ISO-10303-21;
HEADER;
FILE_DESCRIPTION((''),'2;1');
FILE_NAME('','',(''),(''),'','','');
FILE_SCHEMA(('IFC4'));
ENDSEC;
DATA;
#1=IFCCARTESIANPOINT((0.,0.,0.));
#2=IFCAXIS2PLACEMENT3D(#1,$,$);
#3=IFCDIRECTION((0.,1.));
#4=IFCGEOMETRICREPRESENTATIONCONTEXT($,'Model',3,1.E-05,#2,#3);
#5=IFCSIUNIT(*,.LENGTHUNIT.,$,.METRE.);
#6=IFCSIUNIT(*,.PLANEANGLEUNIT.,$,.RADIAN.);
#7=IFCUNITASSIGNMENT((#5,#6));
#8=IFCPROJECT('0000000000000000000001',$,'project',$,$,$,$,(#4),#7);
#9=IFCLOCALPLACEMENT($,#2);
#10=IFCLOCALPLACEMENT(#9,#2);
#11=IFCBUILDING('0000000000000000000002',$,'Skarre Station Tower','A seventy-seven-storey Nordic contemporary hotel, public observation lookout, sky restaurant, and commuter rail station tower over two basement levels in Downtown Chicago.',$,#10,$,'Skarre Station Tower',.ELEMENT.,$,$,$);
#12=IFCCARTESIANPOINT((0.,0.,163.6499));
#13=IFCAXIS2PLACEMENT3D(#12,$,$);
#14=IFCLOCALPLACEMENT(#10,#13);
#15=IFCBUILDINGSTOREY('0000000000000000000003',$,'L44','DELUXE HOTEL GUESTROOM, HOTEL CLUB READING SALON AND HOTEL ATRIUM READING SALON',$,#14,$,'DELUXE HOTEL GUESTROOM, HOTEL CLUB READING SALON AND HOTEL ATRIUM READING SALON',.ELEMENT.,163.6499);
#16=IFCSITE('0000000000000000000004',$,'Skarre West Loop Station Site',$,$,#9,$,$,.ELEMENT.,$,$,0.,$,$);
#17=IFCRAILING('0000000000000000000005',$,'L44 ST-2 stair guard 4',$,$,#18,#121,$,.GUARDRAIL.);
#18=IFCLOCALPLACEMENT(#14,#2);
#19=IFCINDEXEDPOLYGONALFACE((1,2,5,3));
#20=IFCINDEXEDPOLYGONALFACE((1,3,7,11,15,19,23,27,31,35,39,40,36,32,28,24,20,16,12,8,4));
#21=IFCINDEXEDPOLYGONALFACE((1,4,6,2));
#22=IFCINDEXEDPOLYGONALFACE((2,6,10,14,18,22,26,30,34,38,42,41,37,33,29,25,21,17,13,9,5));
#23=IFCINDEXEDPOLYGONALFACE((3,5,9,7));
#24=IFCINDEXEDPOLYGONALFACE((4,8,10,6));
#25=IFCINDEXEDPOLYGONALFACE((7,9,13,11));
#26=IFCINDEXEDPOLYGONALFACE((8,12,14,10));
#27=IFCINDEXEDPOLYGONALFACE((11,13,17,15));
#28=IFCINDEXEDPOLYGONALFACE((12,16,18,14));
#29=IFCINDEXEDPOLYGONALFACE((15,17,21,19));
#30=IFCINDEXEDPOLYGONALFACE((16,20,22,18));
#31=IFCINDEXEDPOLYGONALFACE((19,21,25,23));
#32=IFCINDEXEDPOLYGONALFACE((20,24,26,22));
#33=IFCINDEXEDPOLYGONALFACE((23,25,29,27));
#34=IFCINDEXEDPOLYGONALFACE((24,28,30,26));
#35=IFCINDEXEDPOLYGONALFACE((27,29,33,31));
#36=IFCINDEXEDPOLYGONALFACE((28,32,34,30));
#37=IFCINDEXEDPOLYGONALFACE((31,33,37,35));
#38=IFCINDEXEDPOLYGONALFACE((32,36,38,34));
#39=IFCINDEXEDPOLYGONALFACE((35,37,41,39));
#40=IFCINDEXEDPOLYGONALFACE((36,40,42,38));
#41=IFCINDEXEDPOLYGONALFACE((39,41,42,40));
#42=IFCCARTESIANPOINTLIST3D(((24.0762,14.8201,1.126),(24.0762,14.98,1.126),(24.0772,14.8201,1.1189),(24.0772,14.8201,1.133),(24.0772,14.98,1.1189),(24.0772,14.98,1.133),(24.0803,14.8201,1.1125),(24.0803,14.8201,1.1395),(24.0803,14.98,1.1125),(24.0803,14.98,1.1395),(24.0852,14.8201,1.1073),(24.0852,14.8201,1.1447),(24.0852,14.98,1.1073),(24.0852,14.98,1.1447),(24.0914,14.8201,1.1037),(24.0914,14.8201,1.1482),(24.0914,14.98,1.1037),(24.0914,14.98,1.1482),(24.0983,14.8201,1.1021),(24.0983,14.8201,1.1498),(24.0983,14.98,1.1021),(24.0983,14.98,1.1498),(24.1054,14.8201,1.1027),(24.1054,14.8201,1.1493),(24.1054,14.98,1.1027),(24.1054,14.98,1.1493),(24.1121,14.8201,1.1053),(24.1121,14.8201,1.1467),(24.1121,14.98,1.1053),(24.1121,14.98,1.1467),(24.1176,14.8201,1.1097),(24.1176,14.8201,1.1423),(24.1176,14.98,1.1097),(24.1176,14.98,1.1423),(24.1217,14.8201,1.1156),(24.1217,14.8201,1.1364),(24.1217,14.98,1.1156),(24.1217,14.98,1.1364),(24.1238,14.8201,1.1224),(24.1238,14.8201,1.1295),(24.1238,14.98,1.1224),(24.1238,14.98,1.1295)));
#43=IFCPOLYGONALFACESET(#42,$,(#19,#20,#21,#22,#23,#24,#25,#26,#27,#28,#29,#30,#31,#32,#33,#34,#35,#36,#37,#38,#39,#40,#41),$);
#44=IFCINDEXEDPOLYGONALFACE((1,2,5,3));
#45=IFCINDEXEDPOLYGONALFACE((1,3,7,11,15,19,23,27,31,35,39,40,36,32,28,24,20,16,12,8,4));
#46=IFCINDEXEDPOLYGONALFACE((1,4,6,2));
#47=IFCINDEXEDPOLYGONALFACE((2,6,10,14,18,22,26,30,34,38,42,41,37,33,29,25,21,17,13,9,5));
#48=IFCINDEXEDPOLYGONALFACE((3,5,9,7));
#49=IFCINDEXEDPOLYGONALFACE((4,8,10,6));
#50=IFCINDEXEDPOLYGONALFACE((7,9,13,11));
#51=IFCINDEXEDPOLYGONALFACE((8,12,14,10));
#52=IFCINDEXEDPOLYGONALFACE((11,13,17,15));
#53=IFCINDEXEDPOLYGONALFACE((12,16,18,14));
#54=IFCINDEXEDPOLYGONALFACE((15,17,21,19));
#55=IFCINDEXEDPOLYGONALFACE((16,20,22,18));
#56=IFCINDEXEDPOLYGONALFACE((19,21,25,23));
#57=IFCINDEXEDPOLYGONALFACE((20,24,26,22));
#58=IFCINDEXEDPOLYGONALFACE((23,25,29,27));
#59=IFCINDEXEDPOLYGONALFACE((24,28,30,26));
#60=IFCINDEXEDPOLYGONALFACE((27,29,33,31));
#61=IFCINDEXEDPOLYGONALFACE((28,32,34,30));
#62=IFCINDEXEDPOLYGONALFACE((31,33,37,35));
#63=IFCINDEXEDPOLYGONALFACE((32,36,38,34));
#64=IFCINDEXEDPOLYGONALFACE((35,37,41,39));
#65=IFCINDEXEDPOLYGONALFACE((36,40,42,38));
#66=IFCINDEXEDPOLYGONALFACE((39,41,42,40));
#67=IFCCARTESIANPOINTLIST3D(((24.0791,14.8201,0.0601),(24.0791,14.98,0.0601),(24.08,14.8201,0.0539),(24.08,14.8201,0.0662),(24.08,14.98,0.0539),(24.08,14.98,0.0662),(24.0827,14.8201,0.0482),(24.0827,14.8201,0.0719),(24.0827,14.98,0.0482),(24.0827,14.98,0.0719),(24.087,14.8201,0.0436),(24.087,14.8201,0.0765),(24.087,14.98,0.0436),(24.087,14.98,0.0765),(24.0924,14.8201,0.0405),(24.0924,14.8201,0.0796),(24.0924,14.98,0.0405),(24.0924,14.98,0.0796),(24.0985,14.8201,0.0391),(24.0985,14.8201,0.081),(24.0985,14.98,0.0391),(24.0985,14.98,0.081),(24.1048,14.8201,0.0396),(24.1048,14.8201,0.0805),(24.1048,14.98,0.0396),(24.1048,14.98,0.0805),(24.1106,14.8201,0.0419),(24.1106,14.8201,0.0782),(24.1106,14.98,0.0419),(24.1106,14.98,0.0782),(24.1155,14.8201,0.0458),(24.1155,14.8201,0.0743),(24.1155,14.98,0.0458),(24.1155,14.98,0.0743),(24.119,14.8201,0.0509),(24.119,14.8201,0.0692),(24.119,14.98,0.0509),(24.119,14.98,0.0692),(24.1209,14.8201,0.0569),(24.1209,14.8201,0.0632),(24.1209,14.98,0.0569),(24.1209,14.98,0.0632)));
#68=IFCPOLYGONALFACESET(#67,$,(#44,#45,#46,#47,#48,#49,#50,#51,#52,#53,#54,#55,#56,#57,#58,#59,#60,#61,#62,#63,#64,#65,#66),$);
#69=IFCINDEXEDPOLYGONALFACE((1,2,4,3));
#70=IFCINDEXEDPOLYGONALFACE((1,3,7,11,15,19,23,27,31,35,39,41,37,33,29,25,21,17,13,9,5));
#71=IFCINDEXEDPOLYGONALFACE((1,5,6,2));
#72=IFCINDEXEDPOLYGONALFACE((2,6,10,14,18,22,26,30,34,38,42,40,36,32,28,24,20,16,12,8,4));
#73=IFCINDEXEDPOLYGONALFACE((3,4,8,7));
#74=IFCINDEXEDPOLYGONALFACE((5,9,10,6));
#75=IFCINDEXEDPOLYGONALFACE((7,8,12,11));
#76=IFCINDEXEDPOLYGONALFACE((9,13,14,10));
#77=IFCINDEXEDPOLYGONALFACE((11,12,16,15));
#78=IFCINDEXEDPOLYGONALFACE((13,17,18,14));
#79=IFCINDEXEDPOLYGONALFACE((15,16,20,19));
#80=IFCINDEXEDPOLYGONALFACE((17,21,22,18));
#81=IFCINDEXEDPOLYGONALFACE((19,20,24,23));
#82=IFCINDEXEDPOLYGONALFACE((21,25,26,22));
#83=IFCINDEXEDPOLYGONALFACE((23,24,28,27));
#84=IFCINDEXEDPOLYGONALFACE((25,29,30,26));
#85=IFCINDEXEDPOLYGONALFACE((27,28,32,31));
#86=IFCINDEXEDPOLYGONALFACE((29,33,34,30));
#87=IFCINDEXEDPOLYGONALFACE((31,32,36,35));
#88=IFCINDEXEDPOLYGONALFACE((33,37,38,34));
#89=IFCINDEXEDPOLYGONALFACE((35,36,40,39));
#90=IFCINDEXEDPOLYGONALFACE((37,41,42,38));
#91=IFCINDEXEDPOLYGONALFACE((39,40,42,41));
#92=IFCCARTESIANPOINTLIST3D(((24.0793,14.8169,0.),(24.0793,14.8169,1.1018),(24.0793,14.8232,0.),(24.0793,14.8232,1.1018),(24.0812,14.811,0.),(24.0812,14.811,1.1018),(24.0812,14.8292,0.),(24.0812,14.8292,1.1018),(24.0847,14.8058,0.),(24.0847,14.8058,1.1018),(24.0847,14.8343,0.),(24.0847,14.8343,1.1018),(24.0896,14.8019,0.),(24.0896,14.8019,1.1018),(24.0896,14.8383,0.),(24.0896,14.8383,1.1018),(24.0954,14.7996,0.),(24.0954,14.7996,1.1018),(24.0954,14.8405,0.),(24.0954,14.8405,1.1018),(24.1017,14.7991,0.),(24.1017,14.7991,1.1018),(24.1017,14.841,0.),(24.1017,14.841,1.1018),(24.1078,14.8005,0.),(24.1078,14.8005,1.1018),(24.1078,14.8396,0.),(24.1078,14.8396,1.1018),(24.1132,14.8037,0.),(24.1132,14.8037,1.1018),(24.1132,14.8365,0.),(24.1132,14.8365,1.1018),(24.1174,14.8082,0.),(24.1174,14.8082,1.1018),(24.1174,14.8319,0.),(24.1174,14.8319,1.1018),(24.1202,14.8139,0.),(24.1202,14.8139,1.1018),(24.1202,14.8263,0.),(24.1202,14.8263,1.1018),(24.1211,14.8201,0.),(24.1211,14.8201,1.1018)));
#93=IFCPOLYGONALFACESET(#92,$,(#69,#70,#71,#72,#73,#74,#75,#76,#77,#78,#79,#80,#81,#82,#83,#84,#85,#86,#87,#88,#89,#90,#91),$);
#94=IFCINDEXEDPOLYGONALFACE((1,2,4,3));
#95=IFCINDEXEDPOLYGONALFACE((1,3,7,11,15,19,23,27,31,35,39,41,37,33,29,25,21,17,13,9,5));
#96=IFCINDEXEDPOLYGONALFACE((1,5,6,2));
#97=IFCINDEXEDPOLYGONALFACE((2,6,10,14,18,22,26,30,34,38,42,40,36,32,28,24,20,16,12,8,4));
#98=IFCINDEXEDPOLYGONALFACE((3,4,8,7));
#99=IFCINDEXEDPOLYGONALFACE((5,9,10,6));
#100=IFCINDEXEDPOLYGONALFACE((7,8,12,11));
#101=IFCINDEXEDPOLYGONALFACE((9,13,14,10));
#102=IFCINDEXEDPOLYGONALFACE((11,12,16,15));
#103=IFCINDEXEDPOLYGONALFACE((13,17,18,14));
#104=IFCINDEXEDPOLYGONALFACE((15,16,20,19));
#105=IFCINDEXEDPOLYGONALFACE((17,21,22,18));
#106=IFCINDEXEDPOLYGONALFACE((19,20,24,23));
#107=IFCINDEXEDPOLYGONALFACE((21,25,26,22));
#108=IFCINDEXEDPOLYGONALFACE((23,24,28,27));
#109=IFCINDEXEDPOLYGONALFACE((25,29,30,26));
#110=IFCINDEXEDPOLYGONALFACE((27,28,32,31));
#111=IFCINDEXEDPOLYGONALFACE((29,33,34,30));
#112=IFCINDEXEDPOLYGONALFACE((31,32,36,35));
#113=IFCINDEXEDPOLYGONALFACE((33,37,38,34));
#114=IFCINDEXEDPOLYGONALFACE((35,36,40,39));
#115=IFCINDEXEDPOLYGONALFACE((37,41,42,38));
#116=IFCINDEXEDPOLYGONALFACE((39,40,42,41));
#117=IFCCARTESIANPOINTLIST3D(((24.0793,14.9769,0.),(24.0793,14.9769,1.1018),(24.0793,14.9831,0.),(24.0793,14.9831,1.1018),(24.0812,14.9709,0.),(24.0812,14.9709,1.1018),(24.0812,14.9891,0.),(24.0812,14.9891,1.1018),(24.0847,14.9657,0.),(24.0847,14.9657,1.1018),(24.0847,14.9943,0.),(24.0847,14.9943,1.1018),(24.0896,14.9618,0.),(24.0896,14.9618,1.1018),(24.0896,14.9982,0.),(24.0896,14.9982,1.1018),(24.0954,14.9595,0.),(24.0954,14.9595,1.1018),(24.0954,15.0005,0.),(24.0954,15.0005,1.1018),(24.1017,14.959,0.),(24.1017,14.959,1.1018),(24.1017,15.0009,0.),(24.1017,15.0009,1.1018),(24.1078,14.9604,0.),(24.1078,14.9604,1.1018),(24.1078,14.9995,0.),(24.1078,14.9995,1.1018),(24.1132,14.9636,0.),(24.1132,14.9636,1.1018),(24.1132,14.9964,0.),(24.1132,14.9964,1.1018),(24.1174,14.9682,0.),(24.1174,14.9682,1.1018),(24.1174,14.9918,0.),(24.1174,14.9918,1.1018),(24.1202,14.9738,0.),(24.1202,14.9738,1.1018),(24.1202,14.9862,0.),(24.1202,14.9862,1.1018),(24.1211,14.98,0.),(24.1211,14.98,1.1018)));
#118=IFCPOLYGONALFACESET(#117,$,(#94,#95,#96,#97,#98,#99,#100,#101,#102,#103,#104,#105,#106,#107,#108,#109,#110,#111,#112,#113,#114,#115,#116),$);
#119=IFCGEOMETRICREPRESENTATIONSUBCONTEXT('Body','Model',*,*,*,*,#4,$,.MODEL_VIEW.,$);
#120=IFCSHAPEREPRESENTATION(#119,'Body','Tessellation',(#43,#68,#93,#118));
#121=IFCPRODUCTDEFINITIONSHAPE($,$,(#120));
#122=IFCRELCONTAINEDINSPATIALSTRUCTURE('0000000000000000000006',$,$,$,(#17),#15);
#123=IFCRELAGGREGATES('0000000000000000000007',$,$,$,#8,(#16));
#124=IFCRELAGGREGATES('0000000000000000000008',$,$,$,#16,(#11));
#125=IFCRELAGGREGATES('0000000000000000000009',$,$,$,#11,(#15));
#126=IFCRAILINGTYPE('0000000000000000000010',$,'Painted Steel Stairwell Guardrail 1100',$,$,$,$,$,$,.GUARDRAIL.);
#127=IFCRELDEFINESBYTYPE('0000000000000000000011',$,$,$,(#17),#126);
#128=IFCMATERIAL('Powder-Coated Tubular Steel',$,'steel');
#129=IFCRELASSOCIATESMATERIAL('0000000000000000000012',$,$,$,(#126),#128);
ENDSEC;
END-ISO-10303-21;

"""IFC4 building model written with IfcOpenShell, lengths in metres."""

from ifc_helpers import new_model, si_unit, direction, frame, origin, origin_2d, place, context, subcontext, project, spatial, circle, extrude, material, type_object, element, save


model = new_model("IFC4")

# Units and contexts
model_context = context("Model", 3, precision=1e-05, world=origin(), true_north=direction((0.0, 1.0)))
body_context = subcontext(model_context, "Body", "Model", "MODEL_VIEW")
ifc_project = project(units=[si_unit("LENGTHUNIT", "METRE"), si_unit("PLANEANGLEUNIT", "RADIAN")], contexts=[model_context])

# Site, building, storey
site_placement = place(None, origin())
site = spatial("IfcSite", under=ifc_project, at=site_placement, Name="Skarre West Loop Station Site", CompositionType="ELEMENT", RefElevation=0.0)
building_placement = place(site_placement, origin())
building = spatial("IfcBuilding", under=site, at=building_placement, Name="Skarre Station Tower", Description="A seventy-seven-storey Nordic contemporary hotel, public observation lookout, sky restaurant, and commuter rail station tower over two basement levels in Downtown Chicago.", LongName="Skarre Station Tower", CompositionType="ELEMENT")
storey_placement = place(building_placement, frame((0.0, 0.0, 163.6499)))
storey = spatial("IfcBuildingStorey", under=building, at=storey_placement, Name="L44", Description="DELUXE HOTEL GUESTROOM, HOTEL CLUB READING SALON AND HOTEL ATRIUM READING SALON", LongName="DELUXE HOTEL GUESTROOM, HOTEL CLUB READING SALON AND HOTEL ATRIUM READING SALON", CompositionType="ELEMENT", Elevation=163.6499)

# Railing
ifc_material_1 = material(Name="Powder-Coated Tubular Steel", Category="steel")
railing_type_1 = type_object("IfcRailingType", Name="Painted Steel Stairwell Guardrail 1100", PredefinedType="GUARDRAIL", material=ifc_material_1)
railing_1_placement = place(storey_placement, frame((24.1001, 14.8201, 0.0)))
element("IfcRailing", 1, at=railing_1_placement, inside=storey, type_object=railing_type_1, Name="L44 ST-2 stair guard 4", PredefinedType="GUARDRAIL", context=body_context, shape_type="SweptSolid", body=[
    extrude(circle(Radius=0.0239, at=origin_2d()), frame((0.0, 0.0, 1.126), z_axis=(0.0, 1.0, 0.0), x_axis=(-1.0, 0.0, 0.0)), (0.0, 0.0, 1.0), 0.1599),
    extrude(circle(Radius=0.021, at=origin_2d()), frame((0.0, 0.0, 0.0601), z_axis=(0.0, 1.0, 0.0), x_axis=(-1.0, 0.0, 0.0)), (0.0, 0.0, 1.0), 0.1599),
    extrude(circle(Radius=0.021, at=origin_2d()), origin(), (0.0, 0.0, 1.0), 1.1018),
    extrude(circle(Radius=0.021, at=origin_2d()), frame((0.0, 0.1599, 0.0)), (0.0, 0.0, 1.0), 1.1018),
])

save(model, "model.ifc")
